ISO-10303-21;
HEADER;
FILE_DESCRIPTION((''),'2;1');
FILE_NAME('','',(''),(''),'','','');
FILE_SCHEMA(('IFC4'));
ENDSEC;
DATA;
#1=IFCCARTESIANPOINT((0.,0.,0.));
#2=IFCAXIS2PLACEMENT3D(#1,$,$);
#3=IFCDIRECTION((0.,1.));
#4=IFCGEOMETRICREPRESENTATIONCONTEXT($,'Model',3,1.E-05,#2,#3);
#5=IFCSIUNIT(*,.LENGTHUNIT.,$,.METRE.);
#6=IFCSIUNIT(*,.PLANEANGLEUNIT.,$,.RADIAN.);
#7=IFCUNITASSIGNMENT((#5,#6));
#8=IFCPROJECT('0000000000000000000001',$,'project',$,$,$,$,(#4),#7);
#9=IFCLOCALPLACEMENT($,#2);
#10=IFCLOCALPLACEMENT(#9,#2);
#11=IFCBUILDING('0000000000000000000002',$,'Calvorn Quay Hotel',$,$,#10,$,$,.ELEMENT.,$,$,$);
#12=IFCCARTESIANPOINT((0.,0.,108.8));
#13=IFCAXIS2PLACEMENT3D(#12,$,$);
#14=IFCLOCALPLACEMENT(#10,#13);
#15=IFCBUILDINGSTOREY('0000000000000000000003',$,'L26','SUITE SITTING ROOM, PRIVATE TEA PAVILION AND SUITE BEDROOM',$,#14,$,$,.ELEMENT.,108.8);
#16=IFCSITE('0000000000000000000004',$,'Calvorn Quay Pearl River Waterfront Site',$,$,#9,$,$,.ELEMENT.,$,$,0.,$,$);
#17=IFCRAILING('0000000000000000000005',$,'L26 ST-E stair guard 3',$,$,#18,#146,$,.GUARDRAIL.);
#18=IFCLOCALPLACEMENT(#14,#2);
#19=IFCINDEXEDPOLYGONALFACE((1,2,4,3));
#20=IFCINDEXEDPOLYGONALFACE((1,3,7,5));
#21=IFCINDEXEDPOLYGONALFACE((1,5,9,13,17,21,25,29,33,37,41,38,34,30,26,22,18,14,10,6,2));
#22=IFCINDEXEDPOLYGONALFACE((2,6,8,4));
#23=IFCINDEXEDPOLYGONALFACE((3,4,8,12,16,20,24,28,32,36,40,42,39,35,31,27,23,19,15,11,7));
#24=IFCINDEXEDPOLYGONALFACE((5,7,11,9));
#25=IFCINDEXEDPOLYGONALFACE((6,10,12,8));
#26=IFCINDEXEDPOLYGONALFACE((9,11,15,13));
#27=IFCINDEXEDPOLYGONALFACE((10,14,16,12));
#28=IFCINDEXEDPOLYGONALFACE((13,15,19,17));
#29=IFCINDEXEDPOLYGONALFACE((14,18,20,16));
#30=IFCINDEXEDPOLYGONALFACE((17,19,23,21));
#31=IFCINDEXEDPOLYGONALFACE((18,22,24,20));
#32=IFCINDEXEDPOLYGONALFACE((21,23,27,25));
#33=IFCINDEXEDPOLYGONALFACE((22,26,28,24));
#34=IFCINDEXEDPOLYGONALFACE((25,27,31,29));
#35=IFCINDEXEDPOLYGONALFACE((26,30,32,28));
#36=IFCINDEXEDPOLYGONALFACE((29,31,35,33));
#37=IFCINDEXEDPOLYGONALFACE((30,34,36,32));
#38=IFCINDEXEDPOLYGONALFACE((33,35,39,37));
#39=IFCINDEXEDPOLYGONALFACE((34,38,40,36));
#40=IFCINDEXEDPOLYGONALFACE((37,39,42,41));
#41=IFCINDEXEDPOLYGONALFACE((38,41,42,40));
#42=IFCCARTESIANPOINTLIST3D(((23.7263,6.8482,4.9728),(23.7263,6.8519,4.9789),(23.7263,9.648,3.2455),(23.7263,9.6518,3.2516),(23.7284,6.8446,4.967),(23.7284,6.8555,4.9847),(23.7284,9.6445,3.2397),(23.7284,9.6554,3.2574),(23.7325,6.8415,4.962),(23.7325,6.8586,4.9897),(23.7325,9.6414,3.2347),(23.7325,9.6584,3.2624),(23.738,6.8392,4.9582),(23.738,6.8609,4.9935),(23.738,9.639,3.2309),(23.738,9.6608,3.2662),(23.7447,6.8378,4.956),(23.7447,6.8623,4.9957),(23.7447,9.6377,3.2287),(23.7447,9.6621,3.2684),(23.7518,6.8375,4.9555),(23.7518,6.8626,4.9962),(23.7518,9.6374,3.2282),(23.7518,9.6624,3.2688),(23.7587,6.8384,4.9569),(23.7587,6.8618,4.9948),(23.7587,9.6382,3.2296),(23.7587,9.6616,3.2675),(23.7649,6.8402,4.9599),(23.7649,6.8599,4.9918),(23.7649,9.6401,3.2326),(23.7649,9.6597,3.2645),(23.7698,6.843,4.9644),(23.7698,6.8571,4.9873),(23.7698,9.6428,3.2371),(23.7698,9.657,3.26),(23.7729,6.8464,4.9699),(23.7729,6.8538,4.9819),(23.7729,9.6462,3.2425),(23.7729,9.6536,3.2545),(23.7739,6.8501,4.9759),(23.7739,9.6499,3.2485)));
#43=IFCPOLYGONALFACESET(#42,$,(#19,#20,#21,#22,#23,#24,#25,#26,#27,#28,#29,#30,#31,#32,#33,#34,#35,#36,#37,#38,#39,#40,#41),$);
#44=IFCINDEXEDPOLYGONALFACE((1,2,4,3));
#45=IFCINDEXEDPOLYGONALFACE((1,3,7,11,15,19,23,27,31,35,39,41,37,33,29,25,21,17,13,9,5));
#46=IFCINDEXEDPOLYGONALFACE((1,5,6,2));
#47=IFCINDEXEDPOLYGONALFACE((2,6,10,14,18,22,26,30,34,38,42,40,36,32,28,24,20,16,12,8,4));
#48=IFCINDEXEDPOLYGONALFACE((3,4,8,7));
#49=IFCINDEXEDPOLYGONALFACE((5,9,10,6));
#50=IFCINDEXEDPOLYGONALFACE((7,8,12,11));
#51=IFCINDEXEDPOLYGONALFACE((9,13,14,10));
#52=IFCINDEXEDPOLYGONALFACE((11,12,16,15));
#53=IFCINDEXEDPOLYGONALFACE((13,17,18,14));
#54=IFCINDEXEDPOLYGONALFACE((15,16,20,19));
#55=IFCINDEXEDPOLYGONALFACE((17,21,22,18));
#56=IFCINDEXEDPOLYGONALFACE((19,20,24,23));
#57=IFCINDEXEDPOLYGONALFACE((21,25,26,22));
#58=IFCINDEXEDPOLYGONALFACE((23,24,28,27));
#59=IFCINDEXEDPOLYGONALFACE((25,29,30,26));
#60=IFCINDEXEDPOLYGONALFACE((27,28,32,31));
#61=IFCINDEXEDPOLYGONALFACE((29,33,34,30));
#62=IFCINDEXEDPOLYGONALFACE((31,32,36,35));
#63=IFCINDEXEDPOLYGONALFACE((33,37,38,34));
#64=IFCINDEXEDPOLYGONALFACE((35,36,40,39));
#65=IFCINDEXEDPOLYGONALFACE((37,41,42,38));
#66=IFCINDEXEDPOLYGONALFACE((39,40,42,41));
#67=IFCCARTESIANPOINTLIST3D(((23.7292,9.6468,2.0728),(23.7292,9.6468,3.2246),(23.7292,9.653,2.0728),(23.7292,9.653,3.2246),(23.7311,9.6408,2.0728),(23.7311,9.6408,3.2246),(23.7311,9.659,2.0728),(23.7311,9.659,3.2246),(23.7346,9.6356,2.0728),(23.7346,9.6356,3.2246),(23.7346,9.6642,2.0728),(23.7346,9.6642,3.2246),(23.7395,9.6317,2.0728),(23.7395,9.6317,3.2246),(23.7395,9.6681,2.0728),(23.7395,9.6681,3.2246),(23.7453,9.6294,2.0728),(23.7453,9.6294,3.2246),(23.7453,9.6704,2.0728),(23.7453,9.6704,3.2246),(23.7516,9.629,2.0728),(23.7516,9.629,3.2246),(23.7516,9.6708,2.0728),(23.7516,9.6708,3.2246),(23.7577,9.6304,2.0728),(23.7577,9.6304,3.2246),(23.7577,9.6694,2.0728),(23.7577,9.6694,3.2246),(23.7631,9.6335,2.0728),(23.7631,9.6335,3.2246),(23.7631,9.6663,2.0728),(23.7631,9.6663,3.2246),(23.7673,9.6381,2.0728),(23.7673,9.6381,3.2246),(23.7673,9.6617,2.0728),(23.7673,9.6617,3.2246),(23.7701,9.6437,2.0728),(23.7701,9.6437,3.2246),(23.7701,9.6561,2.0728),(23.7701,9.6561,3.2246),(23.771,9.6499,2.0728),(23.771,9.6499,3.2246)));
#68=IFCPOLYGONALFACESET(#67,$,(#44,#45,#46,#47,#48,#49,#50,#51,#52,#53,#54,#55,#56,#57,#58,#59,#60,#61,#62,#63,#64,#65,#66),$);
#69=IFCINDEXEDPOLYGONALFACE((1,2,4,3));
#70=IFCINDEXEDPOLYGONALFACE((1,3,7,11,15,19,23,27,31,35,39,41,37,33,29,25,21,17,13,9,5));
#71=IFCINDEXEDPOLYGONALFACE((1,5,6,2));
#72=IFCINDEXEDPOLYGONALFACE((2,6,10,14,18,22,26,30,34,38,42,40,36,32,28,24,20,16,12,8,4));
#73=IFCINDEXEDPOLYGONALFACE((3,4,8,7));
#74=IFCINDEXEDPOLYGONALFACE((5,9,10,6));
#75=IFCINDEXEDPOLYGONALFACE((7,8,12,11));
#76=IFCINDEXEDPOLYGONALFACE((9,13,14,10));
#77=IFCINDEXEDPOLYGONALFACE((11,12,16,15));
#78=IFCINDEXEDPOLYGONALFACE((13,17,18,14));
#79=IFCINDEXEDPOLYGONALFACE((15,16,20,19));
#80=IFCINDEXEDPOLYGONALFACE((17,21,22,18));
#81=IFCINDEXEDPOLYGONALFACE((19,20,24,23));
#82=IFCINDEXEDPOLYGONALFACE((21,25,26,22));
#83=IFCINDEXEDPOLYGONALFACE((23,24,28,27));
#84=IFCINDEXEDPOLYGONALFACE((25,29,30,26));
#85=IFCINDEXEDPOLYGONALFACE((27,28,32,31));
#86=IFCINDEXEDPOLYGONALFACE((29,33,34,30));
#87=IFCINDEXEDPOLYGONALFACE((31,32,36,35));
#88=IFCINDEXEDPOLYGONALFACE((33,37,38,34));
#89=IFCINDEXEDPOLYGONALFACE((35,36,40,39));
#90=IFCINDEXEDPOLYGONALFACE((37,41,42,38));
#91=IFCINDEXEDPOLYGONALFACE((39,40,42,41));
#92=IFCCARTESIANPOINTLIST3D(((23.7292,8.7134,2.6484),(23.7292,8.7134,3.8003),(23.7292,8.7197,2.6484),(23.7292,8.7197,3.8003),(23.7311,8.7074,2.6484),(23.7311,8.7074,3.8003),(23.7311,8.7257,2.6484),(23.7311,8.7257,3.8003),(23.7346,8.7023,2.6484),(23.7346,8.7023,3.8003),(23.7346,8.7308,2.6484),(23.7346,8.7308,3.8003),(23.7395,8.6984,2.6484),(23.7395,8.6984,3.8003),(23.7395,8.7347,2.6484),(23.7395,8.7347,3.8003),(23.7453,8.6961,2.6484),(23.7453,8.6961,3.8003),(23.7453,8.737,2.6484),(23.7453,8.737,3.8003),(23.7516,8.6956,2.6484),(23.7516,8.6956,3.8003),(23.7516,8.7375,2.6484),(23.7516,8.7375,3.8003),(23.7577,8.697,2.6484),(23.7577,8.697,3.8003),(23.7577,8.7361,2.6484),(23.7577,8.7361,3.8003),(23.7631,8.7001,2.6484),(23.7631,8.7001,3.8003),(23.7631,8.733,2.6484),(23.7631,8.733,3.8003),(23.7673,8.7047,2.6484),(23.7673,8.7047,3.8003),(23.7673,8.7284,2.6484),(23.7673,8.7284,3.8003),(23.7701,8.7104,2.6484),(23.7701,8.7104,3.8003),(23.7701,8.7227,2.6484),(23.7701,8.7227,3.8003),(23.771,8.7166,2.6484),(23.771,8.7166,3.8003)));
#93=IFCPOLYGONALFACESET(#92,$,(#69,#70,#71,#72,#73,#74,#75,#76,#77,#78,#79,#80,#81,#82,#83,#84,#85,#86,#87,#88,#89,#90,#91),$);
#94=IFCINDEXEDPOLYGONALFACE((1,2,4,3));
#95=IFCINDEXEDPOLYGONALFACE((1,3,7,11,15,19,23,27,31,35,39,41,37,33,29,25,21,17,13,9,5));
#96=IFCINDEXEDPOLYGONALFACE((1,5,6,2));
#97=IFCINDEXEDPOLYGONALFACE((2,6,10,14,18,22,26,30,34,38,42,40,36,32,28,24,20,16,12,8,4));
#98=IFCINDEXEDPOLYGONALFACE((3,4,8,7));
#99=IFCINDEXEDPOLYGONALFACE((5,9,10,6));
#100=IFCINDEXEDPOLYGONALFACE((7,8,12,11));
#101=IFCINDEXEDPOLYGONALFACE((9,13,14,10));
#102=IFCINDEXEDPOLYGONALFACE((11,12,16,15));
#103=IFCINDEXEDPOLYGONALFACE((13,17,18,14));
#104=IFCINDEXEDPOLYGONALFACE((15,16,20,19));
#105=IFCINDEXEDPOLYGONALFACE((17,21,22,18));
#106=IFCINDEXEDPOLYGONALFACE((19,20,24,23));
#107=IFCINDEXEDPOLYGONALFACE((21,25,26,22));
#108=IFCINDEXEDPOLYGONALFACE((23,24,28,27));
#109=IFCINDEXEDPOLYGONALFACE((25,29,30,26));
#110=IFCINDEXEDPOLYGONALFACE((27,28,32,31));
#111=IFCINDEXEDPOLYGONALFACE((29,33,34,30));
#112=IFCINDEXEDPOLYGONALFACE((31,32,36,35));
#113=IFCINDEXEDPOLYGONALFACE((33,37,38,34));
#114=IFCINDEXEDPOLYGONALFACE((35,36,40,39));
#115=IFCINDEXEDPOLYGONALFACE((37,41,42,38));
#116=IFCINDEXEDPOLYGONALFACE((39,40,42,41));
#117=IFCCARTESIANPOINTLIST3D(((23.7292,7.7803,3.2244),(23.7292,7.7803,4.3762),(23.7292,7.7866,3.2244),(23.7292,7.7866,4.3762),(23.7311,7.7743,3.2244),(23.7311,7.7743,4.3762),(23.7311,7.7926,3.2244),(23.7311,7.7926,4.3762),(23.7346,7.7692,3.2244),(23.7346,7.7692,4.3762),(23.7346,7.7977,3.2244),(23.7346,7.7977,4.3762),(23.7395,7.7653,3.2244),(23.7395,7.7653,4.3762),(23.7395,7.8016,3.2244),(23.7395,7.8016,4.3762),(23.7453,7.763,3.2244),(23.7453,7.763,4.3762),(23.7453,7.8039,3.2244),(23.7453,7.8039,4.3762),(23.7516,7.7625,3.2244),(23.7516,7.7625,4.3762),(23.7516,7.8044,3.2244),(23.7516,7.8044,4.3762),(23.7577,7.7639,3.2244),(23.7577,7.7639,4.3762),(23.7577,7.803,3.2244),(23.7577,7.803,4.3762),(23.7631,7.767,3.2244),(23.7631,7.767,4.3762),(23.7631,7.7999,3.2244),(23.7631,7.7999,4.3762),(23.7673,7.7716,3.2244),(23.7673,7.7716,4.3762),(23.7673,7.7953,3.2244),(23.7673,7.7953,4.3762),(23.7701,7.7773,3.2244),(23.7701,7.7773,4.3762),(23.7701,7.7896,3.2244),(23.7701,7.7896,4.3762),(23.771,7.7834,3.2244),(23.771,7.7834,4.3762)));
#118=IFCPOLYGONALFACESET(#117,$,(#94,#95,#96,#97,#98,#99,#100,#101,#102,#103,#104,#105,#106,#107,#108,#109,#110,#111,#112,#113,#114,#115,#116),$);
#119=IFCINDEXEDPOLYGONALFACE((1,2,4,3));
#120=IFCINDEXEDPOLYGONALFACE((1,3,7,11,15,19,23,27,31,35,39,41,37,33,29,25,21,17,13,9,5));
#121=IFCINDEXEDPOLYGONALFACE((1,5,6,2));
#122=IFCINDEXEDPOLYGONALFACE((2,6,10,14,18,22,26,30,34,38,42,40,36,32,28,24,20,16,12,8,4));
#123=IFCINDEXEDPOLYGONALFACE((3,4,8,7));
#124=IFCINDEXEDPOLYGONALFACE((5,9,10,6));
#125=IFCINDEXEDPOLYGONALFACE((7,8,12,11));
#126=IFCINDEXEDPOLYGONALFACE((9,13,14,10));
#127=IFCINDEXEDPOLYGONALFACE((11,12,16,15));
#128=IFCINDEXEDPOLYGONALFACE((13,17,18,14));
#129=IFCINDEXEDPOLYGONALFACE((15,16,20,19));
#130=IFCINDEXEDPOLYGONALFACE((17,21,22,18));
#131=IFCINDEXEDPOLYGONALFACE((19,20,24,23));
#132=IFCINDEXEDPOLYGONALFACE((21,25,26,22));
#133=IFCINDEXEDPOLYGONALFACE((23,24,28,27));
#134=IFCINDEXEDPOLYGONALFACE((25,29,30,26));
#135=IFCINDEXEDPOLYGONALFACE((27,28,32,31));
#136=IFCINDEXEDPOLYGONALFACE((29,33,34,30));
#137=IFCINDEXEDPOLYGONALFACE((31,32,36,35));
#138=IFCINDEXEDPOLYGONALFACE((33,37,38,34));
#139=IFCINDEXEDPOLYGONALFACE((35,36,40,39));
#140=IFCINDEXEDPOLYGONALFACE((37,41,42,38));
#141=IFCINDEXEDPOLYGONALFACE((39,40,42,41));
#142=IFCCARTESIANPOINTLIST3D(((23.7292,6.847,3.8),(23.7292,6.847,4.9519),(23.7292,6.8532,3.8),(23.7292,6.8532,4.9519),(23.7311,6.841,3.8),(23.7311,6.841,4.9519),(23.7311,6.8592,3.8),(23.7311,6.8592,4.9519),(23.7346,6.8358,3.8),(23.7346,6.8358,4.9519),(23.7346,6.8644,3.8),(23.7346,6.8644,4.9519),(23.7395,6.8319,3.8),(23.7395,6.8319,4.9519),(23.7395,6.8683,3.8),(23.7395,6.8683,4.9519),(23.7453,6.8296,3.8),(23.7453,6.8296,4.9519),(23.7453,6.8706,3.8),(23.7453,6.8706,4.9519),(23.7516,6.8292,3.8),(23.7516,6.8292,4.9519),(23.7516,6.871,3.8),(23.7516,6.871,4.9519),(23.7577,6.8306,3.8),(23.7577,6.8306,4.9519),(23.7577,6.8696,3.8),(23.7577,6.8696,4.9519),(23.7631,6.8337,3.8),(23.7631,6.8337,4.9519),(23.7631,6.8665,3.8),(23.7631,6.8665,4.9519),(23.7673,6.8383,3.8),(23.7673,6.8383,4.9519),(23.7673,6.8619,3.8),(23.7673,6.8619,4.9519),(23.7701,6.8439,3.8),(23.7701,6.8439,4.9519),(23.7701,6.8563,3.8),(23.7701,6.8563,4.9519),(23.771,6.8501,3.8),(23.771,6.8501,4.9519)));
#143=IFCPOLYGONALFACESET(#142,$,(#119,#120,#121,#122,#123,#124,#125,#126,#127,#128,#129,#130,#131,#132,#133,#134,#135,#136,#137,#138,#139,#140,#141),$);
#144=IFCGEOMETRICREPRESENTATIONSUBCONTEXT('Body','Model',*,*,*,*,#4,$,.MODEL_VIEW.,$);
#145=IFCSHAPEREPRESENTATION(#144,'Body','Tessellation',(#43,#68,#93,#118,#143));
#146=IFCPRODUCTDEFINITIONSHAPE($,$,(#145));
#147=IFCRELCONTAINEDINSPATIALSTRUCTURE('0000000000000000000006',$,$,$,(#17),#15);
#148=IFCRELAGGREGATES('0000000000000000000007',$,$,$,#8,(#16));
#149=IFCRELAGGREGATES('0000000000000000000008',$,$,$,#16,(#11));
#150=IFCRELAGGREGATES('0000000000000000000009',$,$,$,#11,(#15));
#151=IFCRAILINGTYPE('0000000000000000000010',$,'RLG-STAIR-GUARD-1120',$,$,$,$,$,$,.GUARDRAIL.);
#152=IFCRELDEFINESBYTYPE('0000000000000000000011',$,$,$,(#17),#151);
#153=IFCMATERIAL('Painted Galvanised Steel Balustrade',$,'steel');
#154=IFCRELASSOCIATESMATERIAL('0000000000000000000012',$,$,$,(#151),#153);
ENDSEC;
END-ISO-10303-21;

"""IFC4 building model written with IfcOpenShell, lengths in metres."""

from ifc_helpers import new_model, si_unit, direction, frame, origin, origin_2d, place, context, subcontext, project, spatial, circle, extrude, material, type_object, element, save


model = new_model("IFC4")

# Units and contexts
model_context = context("Model", 3, precision=1e-05, world=origin(), true_north=direction((0.0, 1.0)))
body_context = subcontext(model_context, "Body", "Model", "MODEL_VIEW")
ifc_project = project(units=[si_unit("LENGTHUNIT", "METRE"), si_unit("PLANEANGLEUNIT", "RADIAN")], contexts=[model_context])

# Site, building, storey
site_placement = place(None, origin())
site = spatial("IfcSite", under=ifc_project, at=site_placement, Name="Calvorn Quay Pearl River Waterfront Site", CompositionType="ELEMENT", RefElevation=0.0)
building_placement = place(site_placement, origin())
building = spatial("IfcBuilding", under=site, at=building_placement, Name="Calvorn Quay Hotel", CompositionType="ELEMENT")
storey_placement = place(building_placement, frame((0.0, 0.0, 108.8)))
storey = spatial("IfcBuildingStorey", under=building, at=storey_placement, Name="L26", Description="SUITE SITTING ROOM, PRIVATE TEA PAVILION AND SUITE BEDROOM", CompositionType="ELEMENT", Elevation=108.8)

# Railing
ifc_material_1 = material(Name="Painted Galvanised Steel Balustrade", Category="steel")
railing_type_1 = type_object("IfcRailingType", Name="RLG-STAIR-GUARD-1120", PredefinedType="GUARDRAIL", material=ifc_material_1)
railing_1_placement = place(storey_placement, frame((23.75, 9.6499, 2.0728)))
element("IfcRailing", 1, at=railing_1_placement, inside=storey, type_object=railing_type_1, Name="L26 ST-E stair guard 3", PredefinedType="GUARDRAIL", context=body_context, shape_type="SweptSolid", body=[
    extrude(circle(Radius=0.0239, at=origin_2d()), frame((0.0, 0.0, 1.1758), z_axis=(0.0, -0.851069, 0.525054), x_axis=(1.0, 0.0, 0.0)), (0.0, 0.0, 1.0), 3.2898),
    extrude(circle(Radius=0.021, at=origin_2d()), origin(), (0.0, 0.0, 1.0), 1.1519),
    extrude(circle(Radius=0.021, at=origin_2d()), frame((0.0, -0.9333, 0.5757)), (0.0, 0.0, 1.0), 1.1519),
    extrude(circle(Radius=0.021, at=origin_2d()), frame((0.0, -1.8665, 1.1516)), (0.0, 0.0, 1.0), 1.1519),
    extrude(circle(Radius=0.021, at=origin_2d()), frame((0.0, -2.7998, 1.7273)), (0.0, 0.0, 1.0), 1.1519),
])

save(model, "model.ifc")
